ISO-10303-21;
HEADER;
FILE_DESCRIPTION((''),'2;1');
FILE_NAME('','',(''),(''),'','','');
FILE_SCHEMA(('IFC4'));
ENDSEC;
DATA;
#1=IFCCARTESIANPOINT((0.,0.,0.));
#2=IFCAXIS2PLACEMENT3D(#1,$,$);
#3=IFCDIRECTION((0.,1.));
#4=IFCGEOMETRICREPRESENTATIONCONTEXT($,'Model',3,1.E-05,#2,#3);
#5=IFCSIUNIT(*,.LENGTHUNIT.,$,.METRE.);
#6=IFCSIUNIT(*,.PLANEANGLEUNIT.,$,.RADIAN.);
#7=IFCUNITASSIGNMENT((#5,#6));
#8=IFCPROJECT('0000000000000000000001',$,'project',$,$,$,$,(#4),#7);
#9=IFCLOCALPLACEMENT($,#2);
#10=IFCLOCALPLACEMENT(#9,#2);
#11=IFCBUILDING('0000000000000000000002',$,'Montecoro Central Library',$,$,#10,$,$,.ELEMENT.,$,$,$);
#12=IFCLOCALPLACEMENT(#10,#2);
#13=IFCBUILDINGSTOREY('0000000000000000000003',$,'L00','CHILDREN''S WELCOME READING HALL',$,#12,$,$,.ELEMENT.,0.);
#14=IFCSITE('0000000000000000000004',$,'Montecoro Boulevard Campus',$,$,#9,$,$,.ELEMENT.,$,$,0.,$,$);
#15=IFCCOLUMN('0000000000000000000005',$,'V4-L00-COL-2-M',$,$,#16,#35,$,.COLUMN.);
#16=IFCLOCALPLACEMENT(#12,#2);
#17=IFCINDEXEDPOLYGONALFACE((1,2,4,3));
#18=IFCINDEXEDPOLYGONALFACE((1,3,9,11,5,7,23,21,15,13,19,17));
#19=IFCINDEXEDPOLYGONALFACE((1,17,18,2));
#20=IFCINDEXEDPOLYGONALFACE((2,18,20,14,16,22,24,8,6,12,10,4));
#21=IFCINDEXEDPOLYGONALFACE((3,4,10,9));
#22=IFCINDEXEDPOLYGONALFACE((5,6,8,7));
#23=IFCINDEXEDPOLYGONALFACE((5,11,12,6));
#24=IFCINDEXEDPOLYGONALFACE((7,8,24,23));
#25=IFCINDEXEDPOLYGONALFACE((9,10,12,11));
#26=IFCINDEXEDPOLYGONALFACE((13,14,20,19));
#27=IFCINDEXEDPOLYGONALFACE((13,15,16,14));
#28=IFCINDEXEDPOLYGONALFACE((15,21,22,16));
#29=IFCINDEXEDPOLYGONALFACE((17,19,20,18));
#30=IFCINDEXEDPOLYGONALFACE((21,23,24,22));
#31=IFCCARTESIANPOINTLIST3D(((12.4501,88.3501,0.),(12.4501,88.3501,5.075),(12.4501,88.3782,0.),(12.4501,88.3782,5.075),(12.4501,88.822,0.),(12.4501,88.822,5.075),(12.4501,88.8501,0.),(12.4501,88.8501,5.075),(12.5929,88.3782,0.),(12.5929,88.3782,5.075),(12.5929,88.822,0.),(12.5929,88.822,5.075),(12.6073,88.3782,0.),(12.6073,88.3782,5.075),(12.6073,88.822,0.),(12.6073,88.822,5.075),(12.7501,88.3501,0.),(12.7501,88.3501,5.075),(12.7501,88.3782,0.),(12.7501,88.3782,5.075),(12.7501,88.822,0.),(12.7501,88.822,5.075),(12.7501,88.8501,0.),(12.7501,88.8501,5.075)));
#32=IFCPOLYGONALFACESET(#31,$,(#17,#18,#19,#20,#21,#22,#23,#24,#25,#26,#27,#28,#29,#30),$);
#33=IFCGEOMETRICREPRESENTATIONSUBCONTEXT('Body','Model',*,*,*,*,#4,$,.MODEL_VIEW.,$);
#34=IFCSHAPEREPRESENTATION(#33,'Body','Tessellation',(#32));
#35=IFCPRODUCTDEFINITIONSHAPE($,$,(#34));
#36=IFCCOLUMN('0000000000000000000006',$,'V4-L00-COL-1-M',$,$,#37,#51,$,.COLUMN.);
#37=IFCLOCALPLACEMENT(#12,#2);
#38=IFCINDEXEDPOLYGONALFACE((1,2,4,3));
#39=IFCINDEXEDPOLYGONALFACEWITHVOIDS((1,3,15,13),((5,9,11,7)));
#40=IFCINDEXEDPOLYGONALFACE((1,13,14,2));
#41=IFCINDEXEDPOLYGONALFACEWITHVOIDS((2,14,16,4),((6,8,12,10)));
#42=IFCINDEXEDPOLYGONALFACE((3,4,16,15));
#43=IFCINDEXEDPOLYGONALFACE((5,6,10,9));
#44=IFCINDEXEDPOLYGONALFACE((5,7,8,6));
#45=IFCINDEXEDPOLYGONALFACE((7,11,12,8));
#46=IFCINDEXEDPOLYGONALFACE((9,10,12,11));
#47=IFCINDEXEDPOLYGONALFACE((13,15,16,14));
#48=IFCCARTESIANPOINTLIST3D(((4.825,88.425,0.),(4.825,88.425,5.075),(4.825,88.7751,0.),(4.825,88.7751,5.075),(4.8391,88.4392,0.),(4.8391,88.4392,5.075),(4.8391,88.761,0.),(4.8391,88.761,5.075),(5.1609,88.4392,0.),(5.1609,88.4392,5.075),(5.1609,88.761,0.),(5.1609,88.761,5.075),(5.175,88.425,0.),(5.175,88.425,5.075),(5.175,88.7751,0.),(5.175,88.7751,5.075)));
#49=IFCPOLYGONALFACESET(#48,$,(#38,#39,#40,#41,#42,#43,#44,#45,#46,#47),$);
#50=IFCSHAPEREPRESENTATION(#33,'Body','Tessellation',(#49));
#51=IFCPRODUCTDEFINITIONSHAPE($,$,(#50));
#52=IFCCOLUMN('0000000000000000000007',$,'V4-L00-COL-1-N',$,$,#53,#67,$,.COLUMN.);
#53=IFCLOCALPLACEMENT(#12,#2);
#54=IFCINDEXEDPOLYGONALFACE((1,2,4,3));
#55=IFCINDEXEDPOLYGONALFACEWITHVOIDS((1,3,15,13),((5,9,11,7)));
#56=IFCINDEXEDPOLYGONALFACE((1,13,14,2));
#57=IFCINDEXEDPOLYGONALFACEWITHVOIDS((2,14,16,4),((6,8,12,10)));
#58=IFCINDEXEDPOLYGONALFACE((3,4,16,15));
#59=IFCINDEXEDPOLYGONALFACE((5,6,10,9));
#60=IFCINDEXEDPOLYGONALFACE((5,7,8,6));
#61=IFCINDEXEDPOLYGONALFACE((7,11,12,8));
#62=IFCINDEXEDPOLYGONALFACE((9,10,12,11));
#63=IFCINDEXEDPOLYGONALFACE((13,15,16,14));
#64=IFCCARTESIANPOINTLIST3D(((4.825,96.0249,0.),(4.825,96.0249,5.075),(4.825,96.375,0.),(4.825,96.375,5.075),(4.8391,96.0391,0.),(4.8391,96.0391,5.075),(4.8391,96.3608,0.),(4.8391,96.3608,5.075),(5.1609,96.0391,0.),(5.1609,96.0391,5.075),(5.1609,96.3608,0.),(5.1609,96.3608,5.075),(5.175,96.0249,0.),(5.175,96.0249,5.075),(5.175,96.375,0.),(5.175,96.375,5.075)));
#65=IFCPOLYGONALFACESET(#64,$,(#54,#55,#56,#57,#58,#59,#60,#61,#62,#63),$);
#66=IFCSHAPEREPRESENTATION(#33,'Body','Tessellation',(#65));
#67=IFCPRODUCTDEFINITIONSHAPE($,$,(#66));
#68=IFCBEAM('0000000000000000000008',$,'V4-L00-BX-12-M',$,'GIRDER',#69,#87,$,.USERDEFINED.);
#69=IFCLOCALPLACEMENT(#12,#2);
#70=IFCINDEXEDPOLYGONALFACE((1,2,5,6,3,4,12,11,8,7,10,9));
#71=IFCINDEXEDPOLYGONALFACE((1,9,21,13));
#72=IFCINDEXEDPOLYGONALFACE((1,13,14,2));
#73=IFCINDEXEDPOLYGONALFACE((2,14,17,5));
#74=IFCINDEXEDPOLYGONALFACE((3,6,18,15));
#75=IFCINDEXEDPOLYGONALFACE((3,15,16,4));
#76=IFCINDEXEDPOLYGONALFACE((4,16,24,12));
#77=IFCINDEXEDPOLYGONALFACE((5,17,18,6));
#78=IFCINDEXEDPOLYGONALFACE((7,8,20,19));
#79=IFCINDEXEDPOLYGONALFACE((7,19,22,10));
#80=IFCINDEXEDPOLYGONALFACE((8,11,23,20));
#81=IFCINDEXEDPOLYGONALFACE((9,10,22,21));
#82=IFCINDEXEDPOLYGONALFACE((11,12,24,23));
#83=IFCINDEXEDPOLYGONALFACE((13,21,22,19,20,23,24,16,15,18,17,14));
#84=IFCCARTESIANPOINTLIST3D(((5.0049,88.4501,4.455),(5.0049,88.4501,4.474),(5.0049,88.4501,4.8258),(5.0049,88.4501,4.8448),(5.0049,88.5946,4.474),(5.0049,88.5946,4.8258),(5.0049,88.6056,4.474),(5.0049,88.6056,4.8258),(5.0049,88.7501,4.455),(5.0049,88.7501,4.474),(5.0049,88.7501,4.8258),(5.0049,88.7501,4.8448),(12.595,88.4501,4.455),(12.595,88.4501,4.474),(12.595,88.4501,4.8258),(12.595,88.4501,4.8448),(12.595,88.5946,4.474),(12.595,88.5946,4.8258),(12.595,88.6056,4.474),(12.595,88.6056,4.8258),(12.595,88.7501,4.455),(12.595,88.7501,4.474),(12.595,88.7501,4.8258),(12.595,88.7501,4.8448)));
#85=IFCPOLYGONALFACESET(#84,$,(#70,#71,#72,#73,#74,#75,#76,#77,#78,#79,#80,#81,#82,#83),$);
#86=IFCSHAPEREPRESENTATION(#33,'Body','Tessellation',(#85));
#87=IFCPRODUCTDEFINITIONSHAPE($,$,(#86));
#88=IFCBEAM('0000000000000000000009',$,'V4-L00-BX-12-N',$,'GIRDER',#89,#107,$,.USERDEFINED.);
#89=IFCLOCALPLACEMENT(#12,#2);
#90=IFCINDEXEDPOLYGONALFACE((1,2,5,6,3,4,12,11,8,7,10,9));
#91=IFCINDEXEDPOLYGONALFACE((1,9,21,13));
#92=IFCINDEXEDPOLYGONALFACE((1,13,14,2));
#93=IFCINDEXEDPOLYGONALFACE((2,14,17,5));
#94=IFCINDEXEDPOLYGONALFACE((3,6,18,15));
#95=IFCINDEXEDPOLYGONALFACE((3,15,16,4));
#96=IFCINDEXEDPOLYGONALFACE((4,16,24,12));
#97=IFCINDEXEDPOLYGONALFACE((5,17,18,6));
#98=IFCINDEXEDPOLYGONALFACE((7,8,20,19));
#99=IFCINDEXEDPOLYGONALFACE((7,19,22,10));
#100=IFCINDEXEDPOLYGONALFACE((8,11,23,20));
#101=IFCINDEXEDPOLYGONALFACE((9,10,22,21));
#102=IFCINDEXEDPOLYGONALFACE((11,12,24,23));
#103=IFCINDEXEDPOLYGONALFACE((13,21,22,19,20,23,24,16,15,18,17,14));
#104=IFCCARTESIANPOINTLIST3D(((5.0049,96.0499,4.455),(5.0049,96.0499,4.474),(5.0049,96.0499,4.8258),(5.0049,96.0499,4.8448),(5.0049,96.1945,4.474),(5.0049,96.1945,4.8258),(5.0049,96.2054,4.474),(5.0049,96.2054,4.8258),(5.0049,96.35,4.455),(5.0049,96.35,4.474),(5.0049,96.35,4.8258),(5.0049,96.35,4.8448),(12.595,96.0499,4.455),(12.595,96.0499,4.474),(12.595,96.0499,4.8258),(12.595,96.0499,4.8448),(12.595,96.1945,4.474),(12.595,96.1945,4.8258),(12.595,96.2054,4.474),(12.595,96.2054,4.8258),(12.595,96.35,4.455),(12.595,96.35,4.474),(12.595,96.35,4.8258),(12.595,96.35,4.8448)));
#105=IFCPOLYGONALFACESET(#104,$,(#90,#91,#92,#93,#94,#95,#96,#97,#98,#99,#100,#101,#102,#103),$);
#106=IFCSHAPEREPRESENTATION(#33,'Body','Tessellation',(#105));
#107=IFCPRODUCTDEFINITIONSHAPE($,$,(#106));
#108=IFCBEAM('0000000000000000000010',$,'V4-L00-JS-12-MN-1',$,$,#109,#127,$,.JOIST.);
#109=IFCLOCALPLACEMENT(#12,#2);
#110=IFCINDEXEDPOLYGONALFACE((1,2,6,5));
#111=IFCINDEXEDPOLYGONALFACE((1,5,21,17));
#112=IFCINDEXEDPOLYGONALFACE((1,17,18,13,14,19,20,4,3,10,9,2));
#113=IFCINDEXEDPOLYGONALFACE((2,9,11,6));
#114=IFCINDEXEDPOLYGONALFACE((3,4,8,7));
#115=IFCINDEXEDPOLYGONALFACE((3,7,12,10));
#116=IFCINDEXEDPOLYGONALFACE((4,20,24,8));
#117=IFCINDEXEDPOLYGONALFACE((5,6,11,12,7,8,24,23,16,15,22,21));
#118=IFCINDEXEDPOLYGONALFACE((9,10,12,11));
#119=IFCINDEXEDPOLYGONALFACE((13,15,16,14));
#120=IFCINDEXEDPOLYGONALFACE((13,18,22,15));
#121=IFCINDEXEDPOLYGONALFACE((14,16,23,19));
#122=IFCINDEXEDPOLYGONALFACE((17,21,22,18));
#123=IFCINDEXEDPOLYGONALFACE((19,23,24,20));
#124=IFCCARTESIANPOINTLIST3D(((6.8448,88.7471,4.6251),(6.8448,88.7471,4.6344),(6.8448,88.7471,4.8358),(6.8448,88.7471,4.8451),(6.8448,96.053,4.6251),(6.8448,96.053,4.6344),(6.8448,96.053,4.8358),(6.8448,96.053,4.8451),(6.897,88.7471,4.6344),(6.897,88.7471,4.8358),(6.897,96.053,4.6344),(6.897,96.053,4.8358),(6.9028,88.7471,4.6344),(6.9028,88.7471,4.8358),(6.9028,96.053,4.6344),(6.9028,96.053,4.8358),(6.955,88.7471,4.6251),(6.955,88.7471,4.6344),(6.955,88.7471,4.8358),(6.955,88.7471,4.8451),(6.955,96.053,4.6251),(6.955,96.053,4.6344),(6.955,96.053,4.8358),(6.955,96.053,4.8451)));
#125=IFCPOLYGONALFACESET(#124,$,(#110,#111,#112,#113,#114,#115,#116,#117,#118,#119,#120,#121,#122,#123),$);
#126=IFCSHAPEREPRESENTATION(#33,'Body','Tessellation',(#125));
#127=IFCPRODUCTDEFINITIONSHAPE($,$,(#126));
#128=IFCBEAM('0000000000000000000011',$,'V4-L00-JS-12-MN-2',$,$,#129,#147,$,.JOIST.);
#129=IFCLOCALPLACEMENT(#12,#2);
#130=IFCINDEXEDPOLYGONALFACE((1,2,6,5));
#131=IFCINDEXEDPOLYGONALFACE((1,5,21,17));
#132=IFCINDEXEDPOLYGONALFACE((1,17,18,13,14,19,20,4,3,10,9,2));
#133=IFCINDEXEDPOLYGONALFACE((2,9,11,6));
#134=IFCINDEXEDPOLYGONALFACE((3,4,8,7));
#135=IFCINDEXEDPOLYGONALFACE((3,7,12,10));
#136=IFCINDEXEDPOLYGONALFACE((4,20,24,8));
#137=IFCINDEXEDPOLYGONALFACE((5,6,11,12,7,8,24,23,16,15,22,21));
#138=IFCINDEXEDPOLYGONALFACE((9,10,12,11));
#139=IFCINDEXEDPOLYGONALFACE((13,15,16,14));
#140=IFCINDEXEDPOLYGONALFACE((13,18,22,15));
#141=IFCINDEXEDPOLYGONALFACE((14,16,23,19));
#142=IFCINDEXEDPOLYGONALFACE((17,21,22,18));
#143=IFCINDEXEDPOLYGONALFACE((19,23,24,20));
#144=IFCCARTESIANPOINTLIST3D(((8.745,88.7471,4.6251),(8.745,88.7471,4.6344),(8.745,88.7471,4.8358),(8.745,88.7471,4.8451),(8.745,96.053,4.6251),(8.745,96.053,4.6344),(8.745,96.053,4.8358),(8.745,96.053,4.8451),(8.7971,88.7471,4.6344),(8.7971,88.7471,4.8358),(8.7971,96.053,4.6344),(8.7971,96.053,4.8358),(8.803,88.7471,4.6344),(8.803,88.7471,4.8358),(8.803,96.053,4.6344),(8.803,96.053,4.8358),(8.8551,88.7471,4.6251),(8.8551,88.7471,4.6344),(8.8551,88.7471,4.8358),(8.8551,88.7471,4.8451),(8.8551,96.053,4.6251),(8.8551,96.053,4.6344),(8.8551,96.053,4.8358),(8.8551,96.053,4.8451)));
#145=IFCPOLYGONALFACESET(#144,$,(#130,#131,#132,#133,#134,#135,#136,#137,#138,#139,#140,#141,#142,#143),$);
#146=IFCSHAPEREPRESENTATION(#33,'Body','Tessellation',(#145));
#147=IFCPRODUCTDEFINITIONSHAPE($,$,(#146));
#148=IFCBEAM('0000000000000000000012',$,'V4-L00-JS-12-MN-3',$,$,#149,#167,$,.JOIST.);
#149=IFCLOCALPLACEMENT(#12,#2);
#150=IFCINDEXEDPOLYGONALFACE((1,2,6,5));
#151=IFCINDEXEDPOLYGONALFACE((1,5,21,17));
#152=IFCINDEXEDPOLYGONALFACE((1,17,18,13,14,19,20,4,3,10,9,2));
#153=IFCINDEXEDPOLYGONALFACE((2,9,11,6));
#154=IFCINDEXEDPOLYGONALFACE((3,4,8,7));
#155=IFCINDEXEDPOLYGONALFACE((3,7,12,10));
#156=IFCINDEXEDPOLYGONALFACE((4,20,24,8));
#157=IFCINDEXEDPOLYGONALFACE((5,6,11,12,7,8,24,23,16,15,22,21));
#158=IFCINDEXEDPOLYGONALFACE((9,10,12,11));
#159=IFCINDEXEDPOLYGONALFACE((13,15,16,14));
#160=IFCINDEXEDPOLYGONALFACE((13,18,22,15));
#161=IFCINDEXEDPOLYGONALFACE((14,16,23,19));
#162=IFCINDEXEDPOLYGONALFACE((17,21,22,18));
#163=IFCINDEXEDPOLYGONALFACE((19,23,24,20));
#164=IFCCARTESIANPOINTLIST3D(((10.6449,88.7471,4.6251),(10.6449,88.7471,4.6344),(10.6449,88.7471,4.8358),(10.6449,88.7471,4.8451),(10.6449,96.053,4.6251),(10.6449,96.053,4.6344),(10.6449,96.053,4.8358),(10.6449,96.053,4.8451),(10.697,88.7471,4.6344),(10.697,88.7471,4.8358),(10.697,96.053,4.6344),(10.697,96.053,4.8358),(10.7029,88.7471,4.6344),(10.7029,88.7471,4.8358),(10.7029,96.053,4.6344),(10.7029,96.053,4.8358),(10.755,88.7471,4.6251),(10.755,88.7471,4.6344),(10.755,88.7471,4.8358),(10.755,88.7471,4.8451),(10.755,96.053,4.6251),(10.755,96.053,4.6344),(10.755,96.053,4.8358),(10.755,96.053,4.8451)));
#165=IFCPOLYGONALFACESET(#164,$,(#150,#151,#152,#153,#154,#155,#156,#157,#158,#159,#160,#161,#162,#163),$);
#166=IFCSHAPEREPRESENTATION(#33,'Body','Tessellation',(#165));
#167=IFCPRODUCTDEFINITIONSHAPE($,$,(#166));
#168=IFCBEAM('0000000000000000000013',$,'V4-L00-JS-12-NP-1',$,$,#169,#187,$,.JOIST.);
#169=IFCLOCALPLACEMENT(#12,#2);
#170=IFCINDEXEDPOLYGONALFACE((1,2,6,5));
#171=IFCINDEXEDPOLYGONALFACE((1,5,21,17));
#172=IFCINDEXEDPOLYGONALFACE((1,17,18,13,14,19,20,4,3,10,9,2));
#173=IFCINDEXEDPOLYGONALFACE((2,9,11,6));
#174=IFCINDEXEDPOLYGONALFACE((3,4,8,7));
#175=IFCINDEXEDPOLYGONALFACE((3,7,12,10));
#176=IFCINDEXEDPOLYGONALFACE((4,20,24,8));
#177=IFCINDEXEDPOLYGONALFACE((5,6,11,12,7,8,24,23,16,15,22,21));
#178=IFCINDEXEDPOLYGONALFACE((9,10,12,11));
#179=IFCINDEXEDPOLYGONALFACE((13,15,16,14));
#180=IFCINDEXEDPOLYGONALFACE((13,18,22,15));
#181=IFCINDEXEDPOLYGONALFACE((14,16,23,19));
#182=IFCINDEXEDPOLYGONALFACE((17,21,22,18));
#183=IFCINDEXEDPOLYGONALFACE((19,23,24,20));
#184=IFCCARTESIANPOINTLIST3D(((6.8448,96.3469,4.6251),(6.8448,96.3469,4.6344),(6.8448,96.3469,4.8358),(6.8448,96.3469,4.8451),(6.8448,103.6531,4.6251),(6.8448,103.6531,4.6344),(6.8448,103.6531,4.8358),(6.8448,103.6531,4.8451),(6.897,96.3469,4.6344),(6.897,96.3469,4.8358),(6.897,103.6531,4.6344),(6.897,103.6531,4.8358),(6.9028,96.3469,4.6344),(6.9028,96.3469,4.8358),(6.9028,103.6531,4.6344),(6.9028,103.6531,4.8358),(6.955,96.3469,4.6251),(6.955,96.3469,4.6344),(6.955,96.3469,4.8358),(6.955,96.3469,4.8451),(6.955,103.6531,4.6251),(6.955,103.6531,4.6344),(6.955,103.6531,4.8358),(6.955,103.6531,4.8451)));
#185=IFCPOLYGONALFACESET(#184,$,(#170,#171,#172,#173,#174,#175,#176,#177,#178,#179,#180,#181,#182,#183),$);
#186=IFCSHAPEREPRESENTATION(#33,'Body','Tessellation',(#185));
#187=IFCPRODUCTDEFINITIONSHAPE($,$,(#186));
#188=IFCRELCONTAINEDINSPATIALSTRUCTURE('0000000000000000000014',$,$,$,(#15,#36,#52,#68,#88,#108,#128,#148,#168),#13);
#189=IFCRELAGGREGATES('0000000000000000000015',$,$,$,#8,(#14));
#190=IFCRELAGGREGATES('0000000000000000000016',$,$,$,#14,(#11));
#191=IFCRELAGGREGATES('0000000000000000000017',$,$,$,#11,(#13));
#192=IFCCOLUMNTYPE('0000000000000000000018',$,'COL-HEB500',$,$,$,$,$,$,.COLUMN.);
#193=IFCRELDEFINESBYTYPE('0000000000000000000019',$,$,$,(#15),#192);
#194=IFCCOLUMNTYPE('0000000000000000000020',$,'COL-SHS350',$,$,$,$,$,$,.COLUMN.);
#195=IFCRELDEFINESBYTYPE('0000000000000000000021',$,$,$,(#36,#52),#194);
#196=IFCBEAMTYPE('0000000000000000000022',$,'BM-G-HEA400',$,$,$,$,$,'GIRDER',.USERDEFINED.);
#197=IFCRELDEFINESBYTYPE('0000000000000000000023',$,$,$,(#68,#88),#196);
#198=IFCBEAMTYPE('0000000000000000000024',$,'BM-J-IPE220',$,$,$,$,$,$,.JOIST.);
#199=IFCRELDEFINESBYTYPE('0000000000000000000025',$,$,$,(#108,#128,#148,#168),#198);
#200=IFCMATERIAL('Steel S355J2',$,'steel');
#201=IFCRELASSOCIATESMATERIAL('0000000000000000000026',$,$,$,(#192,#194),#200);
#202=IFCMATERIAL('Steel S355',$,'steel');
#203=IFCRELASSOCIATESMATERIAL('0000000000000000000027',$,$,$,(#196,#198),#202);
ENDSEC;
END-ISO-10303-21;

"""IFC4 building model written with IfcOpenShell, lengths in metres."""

from ifc_helpers import new_model, si_unit, direction, frame, origin, origin_2d, place, context, subcontext, project, spatial, hollow_rectangle, i_section, extrude, material, material_profile, profile_set, type_object, element, save


model = new_model("IFC4")

# Units and contexts
model_context = context("Model", 3, precision=1e-05, world=origin(), true_north=direction((0.0, 1.0)))
body_context = subcontext(model_context, "Body", "Model", "MODEL_VIEW")
ifc_project = project(units=[si_unit("LENGTHUNIT", "METRE"), si_unit("PLANEANGLEUNIT", "RADIAN")], contexts=[model_context])

# Site, building, storey
site_placement = place(None, origin())
site = spatial("IfcSite", under=ifc_project, at=site_placement, Name="Montecoro Boulevard Campus", CompositionType="ELEMENT", RefElevation=0.0)
building_placement = place(site_placement, origin())
building = spatial("IfcBuilding", under=site, at=building_placement, Name="Montecoro Central Library", CompositionType="ELEMENT")
storey_placement = place(building_placement, origin())
storey = spatial("IfcBuildingStorey", under=building, at=storey_placement, Name="L00", Description="CHILDREN'S WELCOME READING HALL", CompositionType="ELEMENT", Elevation=0.0)

# Columns
ifc_material_1 = material(Name="Steel S355J2", Category="steel")
ifc_material_profile_1 = material_profile(ifc_material_1, i_section(OverallWidth=0.3, OverallDepth=0.5, WebThickness=0.0144, FlangeThickness=0.0281, at=origin_2d()), Name="HEB 500")
ifc_profile_set_1 = profile_set([ifc_material_profile_1], Name="Steel S355J2")
column_type_1 = type_object("IfcColumnType", Name="COL-HEB500", PredefinedType="COLUMN", material=ifc_profile_set_1)
column_placement = place(storey_placement, frame((12.6001, 88.6001, 0.0), z_axis=(0.0, 0.0, 1.0), x_axis=(1.0, 0.0, 0.0)))
element("IfcColumn", 1, at=column_placement, inside=storey, type_object=column_type_1, Name="V4-L00-COL-2-M", PredefinedType="COLUMN", context=body_context, shape_type="SweptSolid", body=[
    extrude(i_section(OverallWidth=0.3, OverallDepth=0.5, WebThickness=0.0144, FlangeThickness=0.0281, at=origin_2d()), origin(), (0.0, 0.0, 1.0), 5.075),
])
ifc_material_profile_2 = material_profile(ifc_material_1, hollow_rectangle(XDim=0.3501, YDim=0.3501, WallThickness=0.0142, at=origin_2d()), Name="SHS 350x350x14.2")
ifc_profile_set_2 = profile_set([ifc_material_profile_2], Name="Steel S355J2")
column_type_2 = type_object("IfcColumnType", Name="COL-SHS350", PredefinedType="COLUMN", material=ifc_profile_set_2)
for number, where, z_axis, x_axis, name in (
    (2, (5.0, 88.6001, 0.0), (0.0, 0.0, 1.0), (1.0, 0.0, 0.0), "V4-L00-COL-1-M"),
    (3, (5.0, 96.2, 0.0), (0.0, 0.0, 1.0), (1.0, 0.0, 0.0), "V4-L00-COL-1-N"),
):
    element("IfcColumn", number, at=place(storey_placement, frame(where, z_axis=z_axis, x_axis=x_axis)), inside=storey, type_object=column_type_2, Name=name, PredefinedType="COLUMN", context=body_context, shape_type="SweptSolid", body=[
        extrude(hollow_rectangle(XDim=0.3501, YDim=0.3501, WallThickness=0.0142, at=origin_2d()), origin(), (0.0, 0.0, 1.0), 5.075),
    ])

# Beams
ifc_material_2 = material(Name="Steel S355", Category="steel")
ifc_material_profile_3 = material_profile(ifc_material_2, i_section(OverallWidth=0.3, OverallDepth=0.3899, WebThickness=0.011, FlangeThickness=0.019, at=origin_2d()), Name="HEA 400")
ifc_profile_set_3 = profile_set([ifc_material_profile_3], Name="Steel S355")
beam_type_1 = type_object("IfcBeamType", Name="BM-G-HEA400", ElementType="GIRDER", PredefinedType="USERDEFINED", material=ifc_profile_set_3)
for number, where, z_axis, x_axis, name in (
    (4, (5.0049, 88.6001, 4.6499), (1.0, 0.0, 0.0), (0.0, 1.0, 0.0), "V4-L00-BX-12-M"),
    (5, (5.0049, 96.2, 4.6499), (1.0, 0.0, 0.0), (0.0, 1.0, 0.0), "V4-L00-BX-12-N"),
):
    element("IfcBeam", number, at=place(storey_placement, frame(where, z_axis=z_axis, x_axis=x_axis)), inside=storey, type_object=beam_type_1, Name=name, ObjectType="GIRDER", PredefinedType="USERDEFINED", context=body_context, shape_type="SweptSolid", body=[
        extrude(i_section(OverallWidth=0.3, OverallDepth=0.3899, WebThickness=0.011, FlangeThickness=0.019, at=origin_2d()), origin(), (0.0, 0.0, 1.0), 7.5901),
    ])
ifc_material_profile_4 = material_profile(ifc_material_2, i_section(OverallWidth=0.1101, OverallDepth=0.22, WebThickness=0.0059, FlangeThickness=0.0093, at=origin_2d()), Name="IPE 220")
ifc_profile_set_4 = profile_set([ifc_material_profile_4], Name="Steel S355")
beam_type_2 = type_object("IfcBeamType", Name="BM-J-IPE220", PredefinedType="JOIST", material=ifc_profile_set_4)
for number, where, z_axis, x_axis, name in (
    (6, (6.8999, 88.7471, 4.7351), (0.0, 1.0, 0.0), (-1.0, 0.0, 0.0), "V4-L00-JS-12-MN-1"),
    (7, (8.8, 88.7471, 4.7351), (0.0, 1.0, 0.0), (-1.0, 0.0, 0.0), "V4-L00-JS-12-MN-2"),
    (8, (10.7, 88.7471, 4.7351), (0.0, 1.0, 0.0), (-1.0, 0.0, 0.0), "V4-L00-JS-12-MN-3"),
):
    element("IfcBeam", number, at=place(storey_placement, frame(where, z_axis=z_axis, x_axis=x_axis)), inside=storey, type_object=beam_type_2, Name=name, PredefinedType="JOIST", context=body_context, shape_type="SweptSolid", body=[
        extrude(i_section(OverallWidth=0.1101, OverallDepth=0.22, WebThickness=0.0059, FlangeThickness=0.0093, at=origin_2d()), origin(), (0.0, 0.0, 1.0), 7.3059),
    ])
for number, where, z_axis, x_axis, name in (
    (9, (6.8999, 96.3469, 4.7351), (0.0, 1.0, 0.0), (-1.0, 0.0, 0.0), "V4-L00-JS-12-NP-1"),
):
    element("IfcBeam", number, at=place(storey_placement, frame(where, z_axis=z_axis, x_axis=x_axis)), inside=storey, type_object=beam_type_2, Name=name, PredefinedType="JOIST", context=body_context, shape_type="SweptSolid", body=[
        extrude(i_section(OverallWidth=0.1101, OverallDepth=0.22, WebThickness=0.0059, FlangeThickness=0.0093, at=origin_2d()), origin(), (0.0, 0.0, 1.0), 7.3062),
    ])

save(model, "model.ifc")
